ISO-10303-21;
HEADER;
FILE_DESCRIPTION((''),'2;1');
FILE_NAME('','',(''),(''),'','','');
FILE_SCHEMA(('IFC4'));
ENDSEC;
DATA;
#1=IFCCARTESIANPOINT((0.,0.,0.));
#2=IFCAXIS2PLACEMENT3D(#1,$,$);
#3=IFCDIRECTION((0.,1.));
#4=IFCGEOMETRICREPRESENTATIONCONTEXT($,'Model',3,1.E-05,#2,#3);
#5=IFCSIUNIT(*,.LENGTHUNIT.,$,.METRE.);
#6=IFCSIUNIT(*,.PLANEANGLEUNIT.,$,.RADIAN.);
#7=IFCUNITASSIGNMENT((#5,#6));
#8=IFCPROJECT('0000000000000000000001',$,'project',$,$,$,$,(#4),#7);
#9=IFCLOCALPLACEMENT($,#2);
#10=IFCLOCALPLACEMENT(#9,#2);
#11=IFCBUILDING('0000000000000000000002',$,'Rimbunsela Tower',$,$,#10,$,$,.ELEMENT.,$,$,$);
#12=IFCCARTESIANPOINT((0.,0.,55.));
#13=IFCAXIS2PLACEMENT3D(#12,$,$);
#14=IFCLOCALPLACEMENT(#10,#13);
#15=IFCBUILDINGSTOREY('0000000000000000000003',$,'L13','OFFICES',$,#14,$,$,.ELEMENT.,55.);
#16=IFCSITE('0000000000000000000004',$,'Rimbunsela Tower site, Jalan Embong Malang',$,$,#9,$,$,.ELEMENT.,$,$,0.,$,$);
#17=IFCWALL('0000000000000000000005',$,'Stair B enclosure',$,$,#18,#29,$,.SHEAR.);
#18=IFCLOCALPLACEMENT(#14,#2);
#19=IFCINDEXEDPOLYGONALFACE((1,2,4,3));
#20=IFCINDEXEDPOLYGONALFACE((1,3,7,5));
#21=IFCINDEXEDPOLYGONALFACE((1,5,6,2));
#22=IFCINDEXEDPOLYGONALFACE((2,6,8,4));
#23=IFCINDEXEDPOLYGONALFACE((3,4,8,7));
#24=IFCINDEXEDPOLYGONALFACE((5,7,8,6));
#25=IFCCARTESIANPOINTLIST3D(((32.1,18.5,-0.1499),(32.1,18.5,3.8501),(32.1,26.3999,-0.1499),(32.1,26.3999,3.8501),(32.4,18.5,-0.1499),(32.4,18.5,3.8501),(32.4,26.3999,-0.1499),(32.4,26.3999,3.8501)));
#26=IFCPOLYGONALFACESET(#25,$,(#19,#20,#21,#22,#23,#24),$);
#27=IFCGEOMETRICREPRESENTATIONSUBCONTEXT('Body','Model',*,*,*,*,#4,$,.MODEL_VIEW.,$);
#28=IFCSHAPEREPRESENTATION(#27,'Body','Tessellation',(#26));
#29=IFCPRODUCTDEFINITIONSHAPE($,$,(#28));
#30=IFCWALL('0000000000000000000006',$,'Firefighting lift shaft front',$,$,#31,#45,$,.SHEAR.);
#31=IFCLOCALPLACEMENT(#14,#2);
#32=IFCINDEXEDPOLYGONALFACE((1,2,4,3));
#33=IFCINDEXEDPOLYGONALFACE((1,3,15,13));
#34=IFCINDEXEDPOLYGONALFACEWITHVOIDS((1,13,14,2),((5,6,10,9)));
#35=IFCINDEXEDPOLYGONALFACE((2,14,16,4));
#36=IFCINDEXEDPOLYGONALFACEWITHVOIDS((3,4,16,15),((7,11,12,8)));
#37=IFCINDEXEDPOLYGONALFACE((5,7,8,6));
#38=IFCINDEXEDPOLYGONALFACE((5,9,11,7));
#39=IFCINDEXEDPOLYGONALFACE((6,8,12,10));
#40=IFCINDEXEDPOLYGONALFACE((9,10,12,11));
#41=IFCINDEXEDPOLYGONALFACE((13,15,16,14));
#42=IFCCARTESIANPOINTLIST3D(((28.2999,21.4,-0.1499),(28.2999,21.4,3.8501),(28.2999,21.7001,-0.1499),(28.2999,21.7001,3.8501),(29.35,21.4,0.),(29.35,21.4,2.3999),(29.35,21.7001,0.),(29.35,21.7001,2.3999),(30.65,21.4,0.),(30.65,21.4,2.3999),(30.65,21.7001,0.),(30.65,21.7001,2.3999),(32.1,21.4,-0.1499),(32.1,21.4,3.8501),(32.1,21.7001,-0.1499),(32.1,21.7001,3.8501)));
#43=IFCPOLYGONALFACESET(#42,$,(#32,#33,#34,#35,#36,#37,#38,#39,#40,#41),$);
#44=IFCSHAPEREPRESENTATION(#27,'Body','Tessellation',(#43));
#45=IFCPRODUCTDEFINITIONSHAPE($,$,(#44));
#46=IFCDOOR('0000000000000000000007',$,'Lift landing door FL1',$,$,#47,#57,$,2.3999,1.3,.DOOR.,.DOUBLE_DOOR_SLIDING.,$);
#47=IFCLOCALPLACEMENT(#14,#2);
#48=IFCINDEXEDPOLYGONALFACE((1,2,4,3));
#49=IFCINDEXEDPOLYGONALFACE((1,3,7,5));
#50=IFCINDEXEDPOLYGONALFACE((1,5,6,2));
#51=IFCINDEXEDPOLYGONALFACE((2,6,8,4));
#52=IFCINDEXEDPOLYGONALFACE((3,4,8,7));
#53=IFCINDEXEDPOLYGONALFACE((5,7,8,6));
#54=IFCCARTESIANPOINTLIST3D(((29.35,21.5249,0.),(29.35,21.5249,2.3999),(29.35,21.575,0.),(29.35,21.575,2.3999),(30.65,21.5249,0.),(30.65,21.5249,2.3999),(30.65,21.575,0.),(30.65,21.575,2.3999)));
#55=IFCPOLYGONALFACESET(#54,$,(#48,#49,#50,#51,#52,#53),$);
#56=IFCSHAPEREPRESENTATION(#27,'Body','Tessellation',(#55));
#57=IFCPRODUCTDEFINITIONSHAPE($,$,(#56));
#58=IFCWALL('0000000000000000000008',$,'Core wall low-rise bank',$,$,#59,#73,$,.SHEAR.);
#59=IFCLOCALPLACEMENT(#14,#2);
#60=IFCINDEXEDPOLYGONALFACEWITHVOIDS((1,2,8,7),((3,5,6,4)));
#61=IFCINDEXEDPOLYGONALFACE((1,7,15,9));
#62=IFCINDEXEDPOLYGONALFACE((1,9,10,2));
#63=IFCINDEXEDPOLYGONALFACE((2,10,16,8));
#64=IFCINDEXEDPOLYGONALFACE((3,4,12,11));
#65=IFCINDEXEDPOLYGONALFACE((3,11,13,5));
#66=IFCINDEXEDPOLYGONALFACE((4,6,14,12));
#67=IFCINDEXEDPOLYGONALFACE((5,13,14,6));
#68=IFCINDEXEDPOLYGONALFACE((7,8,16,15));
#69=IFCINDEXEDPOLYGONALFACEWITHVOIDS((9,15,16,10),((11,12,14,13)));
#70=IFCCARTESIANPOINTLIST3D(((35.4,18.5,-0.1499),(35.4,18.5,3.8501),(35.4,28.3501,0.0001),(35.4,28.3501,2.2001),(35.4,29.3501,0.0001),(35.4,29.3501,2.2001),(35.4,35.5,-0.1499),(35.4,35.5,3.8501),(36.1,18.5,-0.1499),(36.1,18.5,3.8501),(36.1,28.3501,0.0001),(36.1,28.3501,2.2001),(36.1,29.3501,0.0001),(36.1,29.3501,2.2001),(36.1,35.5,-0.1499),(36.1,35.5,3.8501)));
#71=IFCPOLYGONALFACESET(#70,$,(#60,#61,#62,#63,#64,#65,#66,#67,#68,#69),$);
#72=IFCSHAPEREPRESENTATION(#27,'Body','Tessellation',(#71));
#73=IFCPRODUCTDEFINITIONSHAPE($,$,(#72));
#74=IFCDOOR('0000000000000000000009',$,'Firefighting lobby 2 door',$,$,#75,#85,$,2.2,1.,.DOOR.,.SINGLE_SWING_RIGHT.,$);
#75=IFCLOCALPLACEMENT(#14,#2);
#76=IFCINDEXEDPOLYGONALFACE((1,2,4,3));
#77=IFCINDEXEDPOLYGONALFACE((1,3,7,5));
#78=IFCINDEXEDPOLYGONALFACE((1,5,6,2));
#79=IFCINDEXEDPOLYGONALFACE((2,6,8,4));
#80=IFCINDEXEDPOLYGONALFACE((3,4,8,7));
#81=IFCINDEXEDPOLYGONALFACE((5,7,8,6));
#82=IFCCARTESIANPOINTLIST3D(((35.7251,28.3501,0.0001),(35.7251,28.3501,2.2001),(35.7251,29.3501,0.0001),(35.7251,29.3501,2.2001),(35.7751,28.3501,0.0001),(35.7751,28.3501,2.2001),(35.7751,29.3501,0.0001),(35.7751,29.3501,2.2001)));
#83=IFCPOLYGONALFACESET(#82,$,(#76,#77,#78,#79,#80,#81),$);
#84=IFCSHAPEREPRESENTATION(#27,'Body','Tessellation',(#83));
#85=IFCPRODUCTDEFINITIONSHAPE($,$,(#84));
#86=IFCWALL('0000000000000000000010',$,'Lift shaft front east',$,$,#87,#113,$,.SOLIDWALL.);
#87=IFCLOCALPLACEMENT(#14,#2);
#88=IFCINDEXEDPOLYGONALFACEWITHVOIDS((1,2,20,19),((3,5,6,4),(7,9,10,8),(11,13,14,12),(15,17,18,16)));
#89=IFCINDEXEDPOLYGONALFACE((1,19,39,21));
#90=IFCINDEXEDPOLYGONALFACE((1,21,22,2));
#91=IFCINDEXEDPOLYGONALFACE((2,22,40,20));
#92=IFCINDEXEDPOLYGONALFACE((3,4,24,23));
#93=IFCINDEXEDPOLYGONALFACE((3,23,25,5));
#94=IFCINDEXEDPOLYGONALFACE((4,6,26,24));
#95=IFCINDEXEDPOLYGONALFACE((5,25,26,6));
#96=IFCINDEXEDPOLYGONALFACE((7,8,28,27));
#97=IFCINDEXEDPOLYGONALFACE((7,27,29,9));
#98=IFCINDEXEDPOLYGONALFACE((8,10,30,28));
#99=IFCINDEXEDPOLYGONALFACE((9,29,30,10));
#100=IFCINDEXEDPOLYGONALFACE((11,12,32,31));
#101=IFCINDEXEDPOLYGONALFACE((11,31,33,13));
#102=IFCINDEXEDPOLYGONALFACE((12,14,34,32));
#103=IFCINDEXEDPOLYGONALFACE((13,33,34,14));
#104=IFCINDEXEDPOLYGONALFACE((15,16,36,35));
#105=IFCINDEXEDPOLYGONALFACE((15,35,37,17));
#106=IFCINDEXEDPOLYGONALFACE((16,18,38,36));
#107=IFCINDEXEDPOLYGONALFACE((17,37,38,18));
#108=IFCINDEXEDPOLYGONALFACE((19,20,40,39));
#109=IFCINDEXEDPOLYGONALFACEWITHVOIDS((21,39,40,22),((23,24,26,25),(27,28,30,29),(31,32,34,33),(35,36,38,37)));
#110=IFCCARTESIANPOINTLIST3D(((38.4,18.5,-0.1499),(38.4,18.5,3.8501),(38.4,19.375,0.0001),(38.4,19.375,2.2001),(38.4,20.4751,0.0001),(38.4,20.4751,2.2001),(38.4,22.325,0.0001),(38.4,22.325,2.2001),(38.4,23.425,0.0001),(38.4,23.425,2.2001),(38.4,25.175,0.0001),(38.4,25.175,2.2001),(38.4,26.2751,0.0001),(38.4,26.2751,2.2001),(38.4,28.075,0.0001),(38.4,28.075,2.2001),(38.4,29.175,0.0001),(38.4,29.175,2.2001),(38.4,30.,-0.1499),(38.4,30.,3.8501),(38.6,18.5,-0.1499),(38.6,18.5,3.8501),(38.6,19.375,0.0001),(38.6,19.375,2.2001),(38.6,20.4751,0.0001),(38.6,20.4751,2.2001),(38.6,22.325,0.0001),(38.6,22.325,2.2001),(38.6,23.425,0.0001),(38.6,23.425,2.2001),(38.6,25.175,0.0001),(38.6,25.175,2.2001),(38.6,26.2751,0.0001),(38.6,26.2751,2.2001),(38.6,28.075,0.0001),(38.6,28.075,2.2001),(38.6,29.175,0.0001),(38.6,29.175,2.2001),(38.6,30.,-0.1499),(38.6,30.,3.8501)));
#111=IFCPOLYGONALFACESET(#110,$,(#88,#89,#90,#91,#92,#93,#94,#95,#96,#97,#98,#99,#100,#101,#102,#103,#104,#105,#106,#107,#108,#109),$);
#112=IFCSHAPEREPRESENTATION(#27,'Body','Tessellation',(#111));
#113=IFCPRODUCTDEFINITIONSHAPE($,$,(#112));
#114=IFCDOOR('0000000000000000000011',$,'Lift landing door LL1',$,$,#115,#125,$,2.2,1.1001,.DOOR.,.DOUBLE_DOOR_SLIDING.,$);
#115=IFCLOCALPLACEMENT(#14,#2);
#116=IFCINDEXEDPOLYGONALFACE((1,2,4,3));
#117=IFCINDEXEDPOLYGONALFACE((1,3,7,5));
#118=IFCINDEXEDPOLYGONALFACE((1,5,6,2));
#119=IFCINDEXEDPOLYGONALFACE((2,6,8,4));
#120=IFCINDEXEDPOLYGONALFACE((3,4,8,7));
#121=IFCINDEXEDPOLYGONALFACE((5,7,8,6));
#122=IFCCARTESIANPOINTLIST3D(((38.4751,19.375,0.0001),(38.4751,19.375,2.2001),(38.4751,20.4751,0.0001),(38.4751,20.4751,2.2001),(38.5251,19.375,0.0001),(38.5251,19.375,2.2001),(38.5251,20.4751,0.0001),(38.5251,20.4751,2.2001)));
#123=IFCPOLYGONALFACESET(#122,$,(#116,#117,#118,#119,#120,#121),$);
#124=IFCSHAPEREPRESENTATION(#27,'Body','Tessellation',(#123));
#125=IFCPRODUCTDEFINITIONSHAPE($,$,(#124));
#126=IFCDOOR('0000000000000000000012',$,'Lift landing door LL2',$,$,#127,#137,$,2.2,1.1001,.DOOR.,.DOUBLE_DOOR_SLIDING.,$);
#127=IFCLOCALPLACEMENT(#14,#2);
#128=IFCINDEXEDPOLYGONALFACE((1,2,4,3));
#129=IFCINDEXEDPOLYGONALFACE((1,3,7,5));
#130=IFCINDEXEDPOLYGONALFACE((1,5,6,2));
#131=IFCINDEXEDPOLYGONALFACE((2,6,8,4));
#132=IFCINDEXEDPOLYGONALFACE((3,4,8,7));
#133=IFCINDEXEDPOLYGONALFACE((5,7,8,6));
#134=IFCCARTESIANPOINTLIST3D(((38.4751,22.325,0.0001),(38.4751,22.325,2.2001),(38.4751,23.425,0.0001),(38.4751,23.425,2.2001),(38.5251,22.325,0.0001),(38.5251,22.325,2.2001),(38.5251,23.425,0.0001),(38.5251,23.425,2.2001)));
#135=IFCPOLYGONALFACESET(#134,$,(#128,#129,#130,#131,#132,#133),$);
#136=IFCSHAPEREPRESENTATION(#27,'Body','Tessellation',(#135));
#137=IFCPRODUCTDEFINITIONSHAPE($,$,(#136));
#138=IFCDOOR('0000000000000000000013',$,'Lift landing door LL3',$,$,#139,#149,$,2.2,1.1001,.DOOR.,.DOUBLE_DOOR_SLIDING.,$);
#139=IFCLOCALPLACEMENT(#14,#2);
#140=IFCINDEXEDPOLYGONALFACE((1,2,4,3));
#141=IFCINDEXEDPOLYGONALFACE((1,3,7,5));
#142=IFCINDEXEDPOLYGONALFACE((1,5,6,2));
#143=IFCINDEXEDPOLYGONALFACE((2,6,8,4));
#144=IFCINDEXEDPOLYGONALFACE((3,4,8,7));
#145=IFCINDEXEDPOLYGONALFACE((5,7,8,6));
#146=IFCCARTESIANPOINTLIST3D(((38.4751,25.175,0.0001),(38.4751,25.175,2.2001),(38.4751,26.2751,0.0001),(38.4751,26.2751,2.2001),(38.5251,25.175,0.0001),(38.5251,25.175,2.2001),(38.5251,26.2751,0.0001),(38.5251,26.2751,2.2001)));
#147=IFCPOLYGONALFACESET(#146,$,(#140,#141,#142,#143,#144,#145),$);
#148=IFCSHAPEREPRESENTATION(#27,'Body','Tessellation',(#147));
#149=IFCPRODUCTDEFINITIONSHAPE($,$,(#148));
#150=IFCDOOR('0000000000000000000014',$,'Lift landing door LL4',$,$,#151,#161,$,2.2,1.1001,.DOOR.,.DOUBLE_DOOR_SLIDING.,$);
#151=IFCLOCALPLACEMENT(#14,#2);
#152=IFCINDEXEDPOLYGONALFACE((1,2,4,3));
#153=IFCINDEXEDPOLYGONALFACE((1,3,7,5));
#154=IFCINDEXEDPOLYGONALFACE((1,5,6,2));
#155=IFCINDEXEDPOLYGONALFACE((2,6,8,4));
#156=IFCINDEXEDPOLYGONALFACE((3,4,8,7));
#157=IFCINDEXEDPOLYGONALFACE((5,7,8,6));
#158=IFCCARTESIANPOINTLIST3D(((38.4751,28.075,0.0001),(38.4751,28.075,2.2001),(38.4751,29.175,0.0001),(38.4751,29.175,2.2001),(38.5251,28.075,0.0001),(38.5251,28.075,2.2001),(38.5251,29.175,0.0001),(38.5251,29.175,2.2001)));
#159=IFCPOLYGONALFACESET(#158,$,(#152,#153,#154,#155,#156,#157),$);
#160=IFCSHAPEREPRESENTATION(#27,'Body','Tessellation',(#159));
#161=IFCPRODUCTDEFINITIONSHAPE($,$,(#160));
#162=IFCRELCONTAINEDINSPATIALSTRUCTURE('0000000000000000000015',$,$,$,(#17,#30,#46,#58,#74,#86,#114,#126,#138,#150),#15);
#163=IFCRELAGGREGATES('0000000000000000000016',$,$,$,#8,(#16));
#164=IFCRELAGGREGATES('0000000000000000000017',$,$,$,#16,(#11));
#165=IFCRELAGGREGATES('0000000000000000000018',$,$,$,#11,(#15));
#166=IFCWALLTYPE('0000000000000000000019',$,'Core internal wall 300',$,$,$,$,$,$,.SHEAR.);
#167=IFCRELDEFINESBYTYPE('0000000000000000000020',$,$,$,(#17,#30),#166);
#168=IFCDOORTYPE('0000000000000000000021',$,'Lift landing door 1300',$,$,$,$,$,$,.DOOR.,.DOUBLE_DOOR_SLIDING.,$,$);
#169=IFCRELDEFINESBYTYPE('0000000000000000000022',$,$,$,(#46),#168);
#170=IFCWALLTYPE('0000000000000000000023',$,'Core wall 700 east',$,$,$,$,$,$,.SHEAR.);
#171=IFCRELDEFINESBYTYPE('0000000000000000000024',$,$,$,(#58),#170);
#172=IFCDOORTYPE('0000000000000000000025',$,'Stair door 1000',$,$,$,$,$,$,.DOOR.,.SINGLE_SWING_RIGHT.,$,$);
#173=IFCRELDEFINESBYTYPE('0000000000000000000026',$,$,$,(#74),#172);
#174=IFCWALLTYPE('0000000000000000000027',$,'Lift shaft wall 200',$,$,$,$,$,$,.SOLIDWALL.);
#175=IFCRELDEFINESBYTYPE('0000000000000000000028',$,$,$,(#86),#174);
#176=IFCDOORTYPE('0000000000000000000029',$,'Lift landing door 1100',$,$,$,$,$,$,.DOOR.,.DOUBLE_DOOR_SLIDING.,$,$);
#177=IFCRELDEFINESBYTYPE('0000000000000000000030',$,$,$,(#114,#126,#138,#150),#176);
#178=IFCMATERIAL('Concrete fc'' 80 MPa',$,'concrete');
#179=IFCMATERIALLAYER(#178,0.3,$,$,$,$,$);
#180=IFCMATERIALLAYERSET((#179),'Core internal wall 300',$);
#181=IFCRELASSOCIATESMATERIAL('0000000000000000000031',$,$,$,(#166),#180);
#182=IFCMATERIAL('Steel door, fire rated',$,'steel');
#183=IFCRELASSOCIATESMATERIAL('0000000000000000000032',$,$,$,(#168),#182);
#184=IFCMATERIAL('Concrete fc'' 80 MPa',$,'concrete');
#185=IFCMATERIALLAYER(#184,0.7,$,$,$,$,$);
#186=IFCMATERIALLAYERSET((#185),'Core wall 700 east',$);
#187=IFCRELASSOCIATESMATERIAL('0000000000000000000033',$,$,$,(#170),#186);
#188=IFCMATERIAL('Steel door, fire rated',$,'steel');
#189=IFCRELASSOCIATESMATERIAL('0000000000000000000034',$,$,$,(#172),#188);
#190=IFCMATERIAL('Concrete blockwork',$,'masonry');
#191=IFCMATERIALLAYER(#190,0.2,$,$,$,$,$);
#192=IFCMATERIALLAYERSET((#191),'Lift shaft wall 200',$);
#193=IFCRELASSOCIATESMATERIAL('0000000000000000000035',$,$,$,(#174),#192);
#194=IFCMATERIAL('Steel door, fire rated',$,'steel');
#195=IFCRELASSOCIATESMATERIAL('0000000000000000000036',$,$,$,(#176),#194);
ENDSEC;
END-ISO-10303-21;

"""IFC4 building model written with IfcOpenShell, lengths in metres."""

from ifc_helpers import new_model, si_unit, direction, frame, frame_2d, origin, place, context, subcontext, project, spatial, rectangle, extrude, material, layer, layer_set, type_object, element, fill, save


model = new_model("IFC4")

# Units and contexts
model_context = context("Model", 3, precision=1e-05, world=origin(), true_north=direction((0.0, 1.0)))
body_context = subcontext(model_context, "Body", "Model", "MODEL_VIEW")
ifc_project = project(units=[si_unit("LENGTHUNIT", "METRE"), si_unit("PLANEANGLEUNIT", "RADIAN")], contexts=[model_context])

# Site, building, storey
site_placement = place(None, origin())
site = spatial("IfcSite", under=ifc_project, at=site_placement, Name="Rimbunsela Tower site, Jalan Embong Malang", CompositionType="ELEMENT", RefElevation=0.0)
building_placement = place(site_placement, origin())
building = spatial("IfcBuilding", under=site, at=building_placement, Name="Rimbunsela Tower", CompositionType="ELEMENT")
storey_placement = place(building_placement, frame((0.0, 0.0, 55.0)))
storey = spatial("IfcBuildingStorey", under=building, at=storey_placement, Name="L13", Description="OFFICES", CompositionType="ELEMENT", Elevation=55.0)

# Wall
ifc_material_1 = material(Name="Concrete fc' 80 MPa", Category="concrete")
ifc_layer_1 = layer(ifc_material_1, 0.3)
ifc_layer_set_1 = layer_set([ifc_layer_1], Name="Core internal wall 300")
wall_type_1 = type_object("IfcWallType", Name="Core internal wall 300", PredefinedType="SHEAR", material=ifc_layer_set_1)
wall_1_placement = place(storey_placement, frame((32.25, 18.5, -0.1499), z_axis=(0.0, 0.0, 1.0), x_axis=(0.0, 1.0, 0.0)))
element("IfcWall", 1, at=wall_1_placement, inside=storey, type_object=wall_type_1, Name="Stair B enclosure", PredefinedType="SHEAR", context=body_context, shape_type="SweptSolid", body=[
    extrude(rectangle(XDim=7.8999, YDim=0.3, at=frame_2d((3.95, 0.0))), origin(), (0.0, 0.0, 1.0), 4.0),
])

# Walls, openings, doors
wall_2_placement = place(storey_placement, frame((28.3, 21.55, -0.1499), z_axis=(0.0, 0.0, 1.0), x_axis=(1.0, 0.0, 0.0)))
wall_2 = element("IfcWall", 2, at=wall_2_placement, inside=storey, type_object=wall_type_1, Name="Firefighting lift shaft front", PredefinedType="SHEAR", context=body_context, shape_type="SweptSolid", body=[
    extrude(rectangle(XDim=3.8, YDim=0.3, at=frame_2d((1.8999, 0.0))), origin(), (0.0, 0.0, 1.0), 4.0),
])
opening_1_placement = place(wall_2_placement, frame((1.05, 0.0, 0.1499)))
opening_1 = element("IfcOpeningElement", 3, at=opening_1_placement, cuts=wall_2, PredefinedType="OPENING", context=body_context, shape_type="SweptSolid", body=[
    extrude(rectangle(XDim=1.3, YDim=2.3999, at=frame_2d((0.6499, 1.2))), frame((0.0, 0.1599, 0.0), z_axis=(0.0, -1.0, 0.0), x_axis=(1.0, 0.0, 0.0)), (0.0, 0.0, 1.0), 0.3201),
])
ifc_material_2 = material(Name="Steel door, fire rated", Category="steel")
door_type_1 = type_object("IfcDoorType", Name="Lift landing door 1300", OperationType="DOUBLE_DOOR_SLIDING", PredefinedType="DOOR", material=ifc_material_2)
door_1_placement = place(opening_1_placement, origin())
door_1 = element("IfcDoor", 4, at=door_1_placement, inside=storey, type_object=door_type_1, Name="Lift landing door FL1", OperationType="DOUBLE_DOOR_SLIDING", OverallHeight=2.3999, OverallWidth=1.3, PredefinedType="DOOR", context=body_context, shape_type="SweptSolid", body=[
    extrude(rectangle(XDim=1.3, YDim=2.3999, at=frame_2d((0.6499, 1.2))), frame((0.0, 0.0249, 0.0), z_axis=(0.0, -1.0, 0.0), x_axis=(1.0, 0.0, 0.0)), (0.0, 0.0, 1.0), 0.05),
])
fill(opening_1, door_1)
ifc_material_3 = material(Name="Concrete fc' 80 MPa", Category="concrete")
ifc_layer_2 = layer(ifc_material_3, 0.7)
ifc_layer_set_2 = layer_set([ifc_layer_2], Name="Core wall 700 east")
wall_type_2 = type_object("IfcWallType", Name="Core wall 700 east", PredefinedType="SHEAR", material=ifc_layer_set_2)
wall_3_placement = place(storey_placement, frame((35.75, 18.5, -0.1499), z_axis=(0.0, 0.0, 1.0), x_axis=(0.0, 1.0, 0.0)))
wall_3 = element("IfcWall", 5, at=wall_3_placement, inside=storey, type_object=wall_type_2, Name="Core wall low-rise bank", PredefinedType="SHEAR", context=body_context, shape_type="SweptSolid", body=[
    extrude(rectangle(XDim=17.0, YDim=0.7, at=frame_2d((8.5, 0.0))), origin(), (0.0, 0.0, 1.0), 4.0),
])
opening_2_placement = place(wall_3_placement, frame((9.8501, 0.0, 0.1499)))
opening_2 = element("IfcOpeningElement", 6, at=opening_2_placement, cuts=wall_3, PredefinedType="OPENING", context=body_context, shape_type="SweptSolid", body=[
    extrude(rectangle(XDim=1.0, YDim=2.2, at=frame_2d((0.5, 1.1001))), frame((0.0, 0.3599, 0.0), z_axis=(0.0, -1.0, 0.0), x_axis=(1.0, 0.0, 0.0)), (0.0, 0.0, 1.0), 0.72),
])
ifc_material_4 = material(Name="Steel door, fire rated", Category="steel")
door_type_2 = type_object("IfcDoorType", Name="Stair door 1000", OperationType="SINGLE_SWING_RIGHT", PredefinedType="DOOR", material=ifc_material_4)
door_2_placement = place(opening_2_placement, origin())
door_2 = element("IfcDoor", 7, at=door_2_placement, inside=storey, type_object=door_type_2, Name="Firefighting lobby 2 door", OperationType="SINGLE_SWING_RIGHT", OverallHeight=2.2, OverallWidth=1.0, PredefinedType="DOOR", context=body_context, shape_type="SweptSolid", body=[
    extrude(rectangle(XDim=1.0, YDim=2.2, at=frame_2d((0.5, 1.1001))), frame((0.0, 0.0249, 0.0), z_axis=(0.0, -1.0, 0.0), x_axis=(1.0, 0.0, 0.0)), (0.0, 0.0, 1.0), 0.05),
])
fill(opening_2, door_2)

# Wall, openings, doors
ifc_material_5 = material(Name="Concrete blockwork", Category="masonry")
ifc_layer_3 = layer(ifc_material_5, 0.2)
ifc_layer_set_3 = layer_set([ifc_layer_3], Name="Lift shaft wall 200")
wall_type_3 = type_object("IfcWallType", Name="Lift shaft wall 200", PredefinedType="SOLIDWALL", material=ifc_layer_set_3)
wall_4_placement = place(storey_placement, frame((38.5, 18.5, -0.1499), z_axis=(0.0, 0.0, 1.0), x_axis=(0.0, 1.0, 0.0)))
wall_4 = element("IfcWall", 8, at=wall_4_placement, inside=storey, type_object=wall_type_3, Name="Lift shaft front east", PredefinedType="SOLIDWALL", context=body_context, shape_type="SweptSolid", body=[
    extrude(rectangle(XDim=11.5, YDim=0.2, at=frame_2d((5.75, 0.0))), origin(), (0.0, 0.0, 1.0), 4.0),
])
opening_3_placement = place(wall_4_placement, frame((0.875, 0.0, 0.1499)))
opening_3 = element("IfcOpeningElement", 9, at=opening_3_placement, cuts=wall_4, PredefinedType="OPENING", context=body_context, shape_type="SweptSolid", body=[
    extrude(rectangle(XDim=1.1001, YDim=2.2, at=frame_2d((0.55, 1.1001))), frame((0.0, 0.1099, 0.0), z_axis=(0.0, -1.0, 0.0), x_axis=(1.0, 0.0, 0.0)), (0.0, 0.0, 1.0), 0.22),
])
opening_4_placement = place(wall_4_placement, frame((3.825, 0.0, 0.1499)))
opening_4 = element("IfcOpeningElement", 10, at=opening_4_placement, cuts=wall_4, PredefinedType="OPENING", context=body_context, shape_type="SweptSolid", body=[
    extrude(rectangle(XDim=1.1001, YDim=2.2, at=frame_2d((0.55, 1.1001))), frame((0.0, 0.1099, 0.0), z_axis=(0.0, -1.0, 0.0), x_axis=(1.0, 0.0, 0.0)), (0.0, 0.0, 1.0), 0.22),
])
opening_5_placement = place(wall_4_placement, frame((6.675, 0.0, 0.1499)))
opening_5 = element("IfcOpeningElement", 11, at=opening_5_placement, cuts=wall_4, PredefinedType="OPENING", context=body_context, shape_type="SweptSolid", body=[
    extrude(rectangle(XDim=1.1001, YDim=2.2, at=frame_2d((0.55, 1.1001))), frame((0.0, 0.1099, 0.0), z_axis=(0.0, -1.0, 0.0), x_axis=(1.0, 0.0, 0.0)), (0.0, 0.0, 1.0), 0.22),
])
opening_6_placement = place(wall_4_placement, frame((9.575, 0.0, 0.1499)))
opening_6 = element("IfcOpeningElement", 12, at=opening_6_placement, cuts=wall_4, PredefinedType="OPENING", context=body_context, shape_type="SweptSolid", body=[
    extrude(rectangle(XDim=1.1001, YDim=2.2, at=frame_2d((0.55, 1.1001))), frame((0.0, 0.1099, 0.0), z_axis=(0.0, -1.0, 0.0), x_axis=(1.0, 0.0, 0.0)), (0.0, 0.0, 1.0), 0.22),
])
ifc_material_6 = material(Name="Steel door, fire rated", Category="steel")
door_type_3 = type_object("IfcDoorType", Name="Lift landing door 1100", OperationType="DOUBLE_DOOR_SLIDING", PredefinedType="DOOR", material=ifc_material_6)
door_3_placement = place(opening_3_placement, origin())
door_3 = element("IfcDoor", 13, at=door_3_placement, inside=storey, type_object=door_type_3, Name="Lift landing door LL1", OperationType="DOUBLE_DOOR_SLIDING", OverallHeight=2.2, OverallWidth=1.1001, PredefinedType="DOOR", context=body_context, shape_type="SweptSolid", body=[
    extrude(rectangle(XDim=1.1001, YDim=2.2, at=frame_2d((0.55, 1.1001))), frame((0.0, 0.0249, 0.0), z_axis=(0.0, -1.0, 0.0), x_axis=(1.0, 0.0, 0.0)), (0.0, 0.0, 1.0), 0.05),
])
fill(opening_3, door_3)
door_4_placement = place(opening_4_placement, origin())
door_4 = element("IfcDoor", 14, at=door_4_placement, inside=storey, type_object=door_type_3, Name="Lift landing door LL2", OperationType="DOUBLE_DOOR_SLIDING", OverallHeight=2.2, OverallWidth=1.1001, PredefinedType="DOOR", context=body_context, shape_type="SweptSolid", body=[
    extrude(rectangle(XDim=1.1001, YDim=2.2, at=frame_2d((0.55, 1.1001))), frame((0.0, 0.0249, 0.0), z_axis=(0.0, -1.0, 0.0), x_axis=(1.0, 0.0, 0.0)), (0.0, 0.0, 1.0), 0.05),
])
fill(opening_4, door_4)
door_5_placement = place(opening_5_placement, origin())
door_5 = element("IfcDoor", 15, at=door_5_placement, inside=storey, type_object=door_type_3, Name="Lift landing door LL3", OperationType="DOUBLE_DOOR_SLIDING", OverallHeight=2.2, OverallWidth=1.1001, PredefinedType="DOOR", context=body_context, shape_type="SweptSolid", body=[
    extrude(rectangle(XDim=1.1001, YDim=2.2, at=frame_2d((0.55, 1.1001))), frame((0.0, 0.0249, 0.0), z_axis=(0.0, -1.0, 0.0), x_axis=(1.0, 0.0, 0.0)), (0.0, 0.0, 1.0), 0.05),
])
fill(opening_5, door_5)
door_6_placement = place(opening_6_placement, origin())
door_6 = element("IfcDoor", 16, at=door_6_placement, inside=storey, type_object=door_type_3, Name="Lift landing door LL4", OperationType="DOUBLE_DOOR_SLIDING", OverallHeight=2.2, OverallWidth=1.1001, PredefinedType="DOOR", context=body_context, shape_type="SweptSolid", body=[
    extrude(rectangle(XDim=1.1001, YDim=2.2, at=frame_2d((0.55, 1.1001))), frame((0.0, 0.0249, 0.0), z_axis=(0.0, -1.0, 0.0), x_axis=(1.0, 0.0, 0.0)), (0.0, 0.0, 1.0), 0.05),
])
fill(opening_6, door_6)

save(model, "model.ifc")
